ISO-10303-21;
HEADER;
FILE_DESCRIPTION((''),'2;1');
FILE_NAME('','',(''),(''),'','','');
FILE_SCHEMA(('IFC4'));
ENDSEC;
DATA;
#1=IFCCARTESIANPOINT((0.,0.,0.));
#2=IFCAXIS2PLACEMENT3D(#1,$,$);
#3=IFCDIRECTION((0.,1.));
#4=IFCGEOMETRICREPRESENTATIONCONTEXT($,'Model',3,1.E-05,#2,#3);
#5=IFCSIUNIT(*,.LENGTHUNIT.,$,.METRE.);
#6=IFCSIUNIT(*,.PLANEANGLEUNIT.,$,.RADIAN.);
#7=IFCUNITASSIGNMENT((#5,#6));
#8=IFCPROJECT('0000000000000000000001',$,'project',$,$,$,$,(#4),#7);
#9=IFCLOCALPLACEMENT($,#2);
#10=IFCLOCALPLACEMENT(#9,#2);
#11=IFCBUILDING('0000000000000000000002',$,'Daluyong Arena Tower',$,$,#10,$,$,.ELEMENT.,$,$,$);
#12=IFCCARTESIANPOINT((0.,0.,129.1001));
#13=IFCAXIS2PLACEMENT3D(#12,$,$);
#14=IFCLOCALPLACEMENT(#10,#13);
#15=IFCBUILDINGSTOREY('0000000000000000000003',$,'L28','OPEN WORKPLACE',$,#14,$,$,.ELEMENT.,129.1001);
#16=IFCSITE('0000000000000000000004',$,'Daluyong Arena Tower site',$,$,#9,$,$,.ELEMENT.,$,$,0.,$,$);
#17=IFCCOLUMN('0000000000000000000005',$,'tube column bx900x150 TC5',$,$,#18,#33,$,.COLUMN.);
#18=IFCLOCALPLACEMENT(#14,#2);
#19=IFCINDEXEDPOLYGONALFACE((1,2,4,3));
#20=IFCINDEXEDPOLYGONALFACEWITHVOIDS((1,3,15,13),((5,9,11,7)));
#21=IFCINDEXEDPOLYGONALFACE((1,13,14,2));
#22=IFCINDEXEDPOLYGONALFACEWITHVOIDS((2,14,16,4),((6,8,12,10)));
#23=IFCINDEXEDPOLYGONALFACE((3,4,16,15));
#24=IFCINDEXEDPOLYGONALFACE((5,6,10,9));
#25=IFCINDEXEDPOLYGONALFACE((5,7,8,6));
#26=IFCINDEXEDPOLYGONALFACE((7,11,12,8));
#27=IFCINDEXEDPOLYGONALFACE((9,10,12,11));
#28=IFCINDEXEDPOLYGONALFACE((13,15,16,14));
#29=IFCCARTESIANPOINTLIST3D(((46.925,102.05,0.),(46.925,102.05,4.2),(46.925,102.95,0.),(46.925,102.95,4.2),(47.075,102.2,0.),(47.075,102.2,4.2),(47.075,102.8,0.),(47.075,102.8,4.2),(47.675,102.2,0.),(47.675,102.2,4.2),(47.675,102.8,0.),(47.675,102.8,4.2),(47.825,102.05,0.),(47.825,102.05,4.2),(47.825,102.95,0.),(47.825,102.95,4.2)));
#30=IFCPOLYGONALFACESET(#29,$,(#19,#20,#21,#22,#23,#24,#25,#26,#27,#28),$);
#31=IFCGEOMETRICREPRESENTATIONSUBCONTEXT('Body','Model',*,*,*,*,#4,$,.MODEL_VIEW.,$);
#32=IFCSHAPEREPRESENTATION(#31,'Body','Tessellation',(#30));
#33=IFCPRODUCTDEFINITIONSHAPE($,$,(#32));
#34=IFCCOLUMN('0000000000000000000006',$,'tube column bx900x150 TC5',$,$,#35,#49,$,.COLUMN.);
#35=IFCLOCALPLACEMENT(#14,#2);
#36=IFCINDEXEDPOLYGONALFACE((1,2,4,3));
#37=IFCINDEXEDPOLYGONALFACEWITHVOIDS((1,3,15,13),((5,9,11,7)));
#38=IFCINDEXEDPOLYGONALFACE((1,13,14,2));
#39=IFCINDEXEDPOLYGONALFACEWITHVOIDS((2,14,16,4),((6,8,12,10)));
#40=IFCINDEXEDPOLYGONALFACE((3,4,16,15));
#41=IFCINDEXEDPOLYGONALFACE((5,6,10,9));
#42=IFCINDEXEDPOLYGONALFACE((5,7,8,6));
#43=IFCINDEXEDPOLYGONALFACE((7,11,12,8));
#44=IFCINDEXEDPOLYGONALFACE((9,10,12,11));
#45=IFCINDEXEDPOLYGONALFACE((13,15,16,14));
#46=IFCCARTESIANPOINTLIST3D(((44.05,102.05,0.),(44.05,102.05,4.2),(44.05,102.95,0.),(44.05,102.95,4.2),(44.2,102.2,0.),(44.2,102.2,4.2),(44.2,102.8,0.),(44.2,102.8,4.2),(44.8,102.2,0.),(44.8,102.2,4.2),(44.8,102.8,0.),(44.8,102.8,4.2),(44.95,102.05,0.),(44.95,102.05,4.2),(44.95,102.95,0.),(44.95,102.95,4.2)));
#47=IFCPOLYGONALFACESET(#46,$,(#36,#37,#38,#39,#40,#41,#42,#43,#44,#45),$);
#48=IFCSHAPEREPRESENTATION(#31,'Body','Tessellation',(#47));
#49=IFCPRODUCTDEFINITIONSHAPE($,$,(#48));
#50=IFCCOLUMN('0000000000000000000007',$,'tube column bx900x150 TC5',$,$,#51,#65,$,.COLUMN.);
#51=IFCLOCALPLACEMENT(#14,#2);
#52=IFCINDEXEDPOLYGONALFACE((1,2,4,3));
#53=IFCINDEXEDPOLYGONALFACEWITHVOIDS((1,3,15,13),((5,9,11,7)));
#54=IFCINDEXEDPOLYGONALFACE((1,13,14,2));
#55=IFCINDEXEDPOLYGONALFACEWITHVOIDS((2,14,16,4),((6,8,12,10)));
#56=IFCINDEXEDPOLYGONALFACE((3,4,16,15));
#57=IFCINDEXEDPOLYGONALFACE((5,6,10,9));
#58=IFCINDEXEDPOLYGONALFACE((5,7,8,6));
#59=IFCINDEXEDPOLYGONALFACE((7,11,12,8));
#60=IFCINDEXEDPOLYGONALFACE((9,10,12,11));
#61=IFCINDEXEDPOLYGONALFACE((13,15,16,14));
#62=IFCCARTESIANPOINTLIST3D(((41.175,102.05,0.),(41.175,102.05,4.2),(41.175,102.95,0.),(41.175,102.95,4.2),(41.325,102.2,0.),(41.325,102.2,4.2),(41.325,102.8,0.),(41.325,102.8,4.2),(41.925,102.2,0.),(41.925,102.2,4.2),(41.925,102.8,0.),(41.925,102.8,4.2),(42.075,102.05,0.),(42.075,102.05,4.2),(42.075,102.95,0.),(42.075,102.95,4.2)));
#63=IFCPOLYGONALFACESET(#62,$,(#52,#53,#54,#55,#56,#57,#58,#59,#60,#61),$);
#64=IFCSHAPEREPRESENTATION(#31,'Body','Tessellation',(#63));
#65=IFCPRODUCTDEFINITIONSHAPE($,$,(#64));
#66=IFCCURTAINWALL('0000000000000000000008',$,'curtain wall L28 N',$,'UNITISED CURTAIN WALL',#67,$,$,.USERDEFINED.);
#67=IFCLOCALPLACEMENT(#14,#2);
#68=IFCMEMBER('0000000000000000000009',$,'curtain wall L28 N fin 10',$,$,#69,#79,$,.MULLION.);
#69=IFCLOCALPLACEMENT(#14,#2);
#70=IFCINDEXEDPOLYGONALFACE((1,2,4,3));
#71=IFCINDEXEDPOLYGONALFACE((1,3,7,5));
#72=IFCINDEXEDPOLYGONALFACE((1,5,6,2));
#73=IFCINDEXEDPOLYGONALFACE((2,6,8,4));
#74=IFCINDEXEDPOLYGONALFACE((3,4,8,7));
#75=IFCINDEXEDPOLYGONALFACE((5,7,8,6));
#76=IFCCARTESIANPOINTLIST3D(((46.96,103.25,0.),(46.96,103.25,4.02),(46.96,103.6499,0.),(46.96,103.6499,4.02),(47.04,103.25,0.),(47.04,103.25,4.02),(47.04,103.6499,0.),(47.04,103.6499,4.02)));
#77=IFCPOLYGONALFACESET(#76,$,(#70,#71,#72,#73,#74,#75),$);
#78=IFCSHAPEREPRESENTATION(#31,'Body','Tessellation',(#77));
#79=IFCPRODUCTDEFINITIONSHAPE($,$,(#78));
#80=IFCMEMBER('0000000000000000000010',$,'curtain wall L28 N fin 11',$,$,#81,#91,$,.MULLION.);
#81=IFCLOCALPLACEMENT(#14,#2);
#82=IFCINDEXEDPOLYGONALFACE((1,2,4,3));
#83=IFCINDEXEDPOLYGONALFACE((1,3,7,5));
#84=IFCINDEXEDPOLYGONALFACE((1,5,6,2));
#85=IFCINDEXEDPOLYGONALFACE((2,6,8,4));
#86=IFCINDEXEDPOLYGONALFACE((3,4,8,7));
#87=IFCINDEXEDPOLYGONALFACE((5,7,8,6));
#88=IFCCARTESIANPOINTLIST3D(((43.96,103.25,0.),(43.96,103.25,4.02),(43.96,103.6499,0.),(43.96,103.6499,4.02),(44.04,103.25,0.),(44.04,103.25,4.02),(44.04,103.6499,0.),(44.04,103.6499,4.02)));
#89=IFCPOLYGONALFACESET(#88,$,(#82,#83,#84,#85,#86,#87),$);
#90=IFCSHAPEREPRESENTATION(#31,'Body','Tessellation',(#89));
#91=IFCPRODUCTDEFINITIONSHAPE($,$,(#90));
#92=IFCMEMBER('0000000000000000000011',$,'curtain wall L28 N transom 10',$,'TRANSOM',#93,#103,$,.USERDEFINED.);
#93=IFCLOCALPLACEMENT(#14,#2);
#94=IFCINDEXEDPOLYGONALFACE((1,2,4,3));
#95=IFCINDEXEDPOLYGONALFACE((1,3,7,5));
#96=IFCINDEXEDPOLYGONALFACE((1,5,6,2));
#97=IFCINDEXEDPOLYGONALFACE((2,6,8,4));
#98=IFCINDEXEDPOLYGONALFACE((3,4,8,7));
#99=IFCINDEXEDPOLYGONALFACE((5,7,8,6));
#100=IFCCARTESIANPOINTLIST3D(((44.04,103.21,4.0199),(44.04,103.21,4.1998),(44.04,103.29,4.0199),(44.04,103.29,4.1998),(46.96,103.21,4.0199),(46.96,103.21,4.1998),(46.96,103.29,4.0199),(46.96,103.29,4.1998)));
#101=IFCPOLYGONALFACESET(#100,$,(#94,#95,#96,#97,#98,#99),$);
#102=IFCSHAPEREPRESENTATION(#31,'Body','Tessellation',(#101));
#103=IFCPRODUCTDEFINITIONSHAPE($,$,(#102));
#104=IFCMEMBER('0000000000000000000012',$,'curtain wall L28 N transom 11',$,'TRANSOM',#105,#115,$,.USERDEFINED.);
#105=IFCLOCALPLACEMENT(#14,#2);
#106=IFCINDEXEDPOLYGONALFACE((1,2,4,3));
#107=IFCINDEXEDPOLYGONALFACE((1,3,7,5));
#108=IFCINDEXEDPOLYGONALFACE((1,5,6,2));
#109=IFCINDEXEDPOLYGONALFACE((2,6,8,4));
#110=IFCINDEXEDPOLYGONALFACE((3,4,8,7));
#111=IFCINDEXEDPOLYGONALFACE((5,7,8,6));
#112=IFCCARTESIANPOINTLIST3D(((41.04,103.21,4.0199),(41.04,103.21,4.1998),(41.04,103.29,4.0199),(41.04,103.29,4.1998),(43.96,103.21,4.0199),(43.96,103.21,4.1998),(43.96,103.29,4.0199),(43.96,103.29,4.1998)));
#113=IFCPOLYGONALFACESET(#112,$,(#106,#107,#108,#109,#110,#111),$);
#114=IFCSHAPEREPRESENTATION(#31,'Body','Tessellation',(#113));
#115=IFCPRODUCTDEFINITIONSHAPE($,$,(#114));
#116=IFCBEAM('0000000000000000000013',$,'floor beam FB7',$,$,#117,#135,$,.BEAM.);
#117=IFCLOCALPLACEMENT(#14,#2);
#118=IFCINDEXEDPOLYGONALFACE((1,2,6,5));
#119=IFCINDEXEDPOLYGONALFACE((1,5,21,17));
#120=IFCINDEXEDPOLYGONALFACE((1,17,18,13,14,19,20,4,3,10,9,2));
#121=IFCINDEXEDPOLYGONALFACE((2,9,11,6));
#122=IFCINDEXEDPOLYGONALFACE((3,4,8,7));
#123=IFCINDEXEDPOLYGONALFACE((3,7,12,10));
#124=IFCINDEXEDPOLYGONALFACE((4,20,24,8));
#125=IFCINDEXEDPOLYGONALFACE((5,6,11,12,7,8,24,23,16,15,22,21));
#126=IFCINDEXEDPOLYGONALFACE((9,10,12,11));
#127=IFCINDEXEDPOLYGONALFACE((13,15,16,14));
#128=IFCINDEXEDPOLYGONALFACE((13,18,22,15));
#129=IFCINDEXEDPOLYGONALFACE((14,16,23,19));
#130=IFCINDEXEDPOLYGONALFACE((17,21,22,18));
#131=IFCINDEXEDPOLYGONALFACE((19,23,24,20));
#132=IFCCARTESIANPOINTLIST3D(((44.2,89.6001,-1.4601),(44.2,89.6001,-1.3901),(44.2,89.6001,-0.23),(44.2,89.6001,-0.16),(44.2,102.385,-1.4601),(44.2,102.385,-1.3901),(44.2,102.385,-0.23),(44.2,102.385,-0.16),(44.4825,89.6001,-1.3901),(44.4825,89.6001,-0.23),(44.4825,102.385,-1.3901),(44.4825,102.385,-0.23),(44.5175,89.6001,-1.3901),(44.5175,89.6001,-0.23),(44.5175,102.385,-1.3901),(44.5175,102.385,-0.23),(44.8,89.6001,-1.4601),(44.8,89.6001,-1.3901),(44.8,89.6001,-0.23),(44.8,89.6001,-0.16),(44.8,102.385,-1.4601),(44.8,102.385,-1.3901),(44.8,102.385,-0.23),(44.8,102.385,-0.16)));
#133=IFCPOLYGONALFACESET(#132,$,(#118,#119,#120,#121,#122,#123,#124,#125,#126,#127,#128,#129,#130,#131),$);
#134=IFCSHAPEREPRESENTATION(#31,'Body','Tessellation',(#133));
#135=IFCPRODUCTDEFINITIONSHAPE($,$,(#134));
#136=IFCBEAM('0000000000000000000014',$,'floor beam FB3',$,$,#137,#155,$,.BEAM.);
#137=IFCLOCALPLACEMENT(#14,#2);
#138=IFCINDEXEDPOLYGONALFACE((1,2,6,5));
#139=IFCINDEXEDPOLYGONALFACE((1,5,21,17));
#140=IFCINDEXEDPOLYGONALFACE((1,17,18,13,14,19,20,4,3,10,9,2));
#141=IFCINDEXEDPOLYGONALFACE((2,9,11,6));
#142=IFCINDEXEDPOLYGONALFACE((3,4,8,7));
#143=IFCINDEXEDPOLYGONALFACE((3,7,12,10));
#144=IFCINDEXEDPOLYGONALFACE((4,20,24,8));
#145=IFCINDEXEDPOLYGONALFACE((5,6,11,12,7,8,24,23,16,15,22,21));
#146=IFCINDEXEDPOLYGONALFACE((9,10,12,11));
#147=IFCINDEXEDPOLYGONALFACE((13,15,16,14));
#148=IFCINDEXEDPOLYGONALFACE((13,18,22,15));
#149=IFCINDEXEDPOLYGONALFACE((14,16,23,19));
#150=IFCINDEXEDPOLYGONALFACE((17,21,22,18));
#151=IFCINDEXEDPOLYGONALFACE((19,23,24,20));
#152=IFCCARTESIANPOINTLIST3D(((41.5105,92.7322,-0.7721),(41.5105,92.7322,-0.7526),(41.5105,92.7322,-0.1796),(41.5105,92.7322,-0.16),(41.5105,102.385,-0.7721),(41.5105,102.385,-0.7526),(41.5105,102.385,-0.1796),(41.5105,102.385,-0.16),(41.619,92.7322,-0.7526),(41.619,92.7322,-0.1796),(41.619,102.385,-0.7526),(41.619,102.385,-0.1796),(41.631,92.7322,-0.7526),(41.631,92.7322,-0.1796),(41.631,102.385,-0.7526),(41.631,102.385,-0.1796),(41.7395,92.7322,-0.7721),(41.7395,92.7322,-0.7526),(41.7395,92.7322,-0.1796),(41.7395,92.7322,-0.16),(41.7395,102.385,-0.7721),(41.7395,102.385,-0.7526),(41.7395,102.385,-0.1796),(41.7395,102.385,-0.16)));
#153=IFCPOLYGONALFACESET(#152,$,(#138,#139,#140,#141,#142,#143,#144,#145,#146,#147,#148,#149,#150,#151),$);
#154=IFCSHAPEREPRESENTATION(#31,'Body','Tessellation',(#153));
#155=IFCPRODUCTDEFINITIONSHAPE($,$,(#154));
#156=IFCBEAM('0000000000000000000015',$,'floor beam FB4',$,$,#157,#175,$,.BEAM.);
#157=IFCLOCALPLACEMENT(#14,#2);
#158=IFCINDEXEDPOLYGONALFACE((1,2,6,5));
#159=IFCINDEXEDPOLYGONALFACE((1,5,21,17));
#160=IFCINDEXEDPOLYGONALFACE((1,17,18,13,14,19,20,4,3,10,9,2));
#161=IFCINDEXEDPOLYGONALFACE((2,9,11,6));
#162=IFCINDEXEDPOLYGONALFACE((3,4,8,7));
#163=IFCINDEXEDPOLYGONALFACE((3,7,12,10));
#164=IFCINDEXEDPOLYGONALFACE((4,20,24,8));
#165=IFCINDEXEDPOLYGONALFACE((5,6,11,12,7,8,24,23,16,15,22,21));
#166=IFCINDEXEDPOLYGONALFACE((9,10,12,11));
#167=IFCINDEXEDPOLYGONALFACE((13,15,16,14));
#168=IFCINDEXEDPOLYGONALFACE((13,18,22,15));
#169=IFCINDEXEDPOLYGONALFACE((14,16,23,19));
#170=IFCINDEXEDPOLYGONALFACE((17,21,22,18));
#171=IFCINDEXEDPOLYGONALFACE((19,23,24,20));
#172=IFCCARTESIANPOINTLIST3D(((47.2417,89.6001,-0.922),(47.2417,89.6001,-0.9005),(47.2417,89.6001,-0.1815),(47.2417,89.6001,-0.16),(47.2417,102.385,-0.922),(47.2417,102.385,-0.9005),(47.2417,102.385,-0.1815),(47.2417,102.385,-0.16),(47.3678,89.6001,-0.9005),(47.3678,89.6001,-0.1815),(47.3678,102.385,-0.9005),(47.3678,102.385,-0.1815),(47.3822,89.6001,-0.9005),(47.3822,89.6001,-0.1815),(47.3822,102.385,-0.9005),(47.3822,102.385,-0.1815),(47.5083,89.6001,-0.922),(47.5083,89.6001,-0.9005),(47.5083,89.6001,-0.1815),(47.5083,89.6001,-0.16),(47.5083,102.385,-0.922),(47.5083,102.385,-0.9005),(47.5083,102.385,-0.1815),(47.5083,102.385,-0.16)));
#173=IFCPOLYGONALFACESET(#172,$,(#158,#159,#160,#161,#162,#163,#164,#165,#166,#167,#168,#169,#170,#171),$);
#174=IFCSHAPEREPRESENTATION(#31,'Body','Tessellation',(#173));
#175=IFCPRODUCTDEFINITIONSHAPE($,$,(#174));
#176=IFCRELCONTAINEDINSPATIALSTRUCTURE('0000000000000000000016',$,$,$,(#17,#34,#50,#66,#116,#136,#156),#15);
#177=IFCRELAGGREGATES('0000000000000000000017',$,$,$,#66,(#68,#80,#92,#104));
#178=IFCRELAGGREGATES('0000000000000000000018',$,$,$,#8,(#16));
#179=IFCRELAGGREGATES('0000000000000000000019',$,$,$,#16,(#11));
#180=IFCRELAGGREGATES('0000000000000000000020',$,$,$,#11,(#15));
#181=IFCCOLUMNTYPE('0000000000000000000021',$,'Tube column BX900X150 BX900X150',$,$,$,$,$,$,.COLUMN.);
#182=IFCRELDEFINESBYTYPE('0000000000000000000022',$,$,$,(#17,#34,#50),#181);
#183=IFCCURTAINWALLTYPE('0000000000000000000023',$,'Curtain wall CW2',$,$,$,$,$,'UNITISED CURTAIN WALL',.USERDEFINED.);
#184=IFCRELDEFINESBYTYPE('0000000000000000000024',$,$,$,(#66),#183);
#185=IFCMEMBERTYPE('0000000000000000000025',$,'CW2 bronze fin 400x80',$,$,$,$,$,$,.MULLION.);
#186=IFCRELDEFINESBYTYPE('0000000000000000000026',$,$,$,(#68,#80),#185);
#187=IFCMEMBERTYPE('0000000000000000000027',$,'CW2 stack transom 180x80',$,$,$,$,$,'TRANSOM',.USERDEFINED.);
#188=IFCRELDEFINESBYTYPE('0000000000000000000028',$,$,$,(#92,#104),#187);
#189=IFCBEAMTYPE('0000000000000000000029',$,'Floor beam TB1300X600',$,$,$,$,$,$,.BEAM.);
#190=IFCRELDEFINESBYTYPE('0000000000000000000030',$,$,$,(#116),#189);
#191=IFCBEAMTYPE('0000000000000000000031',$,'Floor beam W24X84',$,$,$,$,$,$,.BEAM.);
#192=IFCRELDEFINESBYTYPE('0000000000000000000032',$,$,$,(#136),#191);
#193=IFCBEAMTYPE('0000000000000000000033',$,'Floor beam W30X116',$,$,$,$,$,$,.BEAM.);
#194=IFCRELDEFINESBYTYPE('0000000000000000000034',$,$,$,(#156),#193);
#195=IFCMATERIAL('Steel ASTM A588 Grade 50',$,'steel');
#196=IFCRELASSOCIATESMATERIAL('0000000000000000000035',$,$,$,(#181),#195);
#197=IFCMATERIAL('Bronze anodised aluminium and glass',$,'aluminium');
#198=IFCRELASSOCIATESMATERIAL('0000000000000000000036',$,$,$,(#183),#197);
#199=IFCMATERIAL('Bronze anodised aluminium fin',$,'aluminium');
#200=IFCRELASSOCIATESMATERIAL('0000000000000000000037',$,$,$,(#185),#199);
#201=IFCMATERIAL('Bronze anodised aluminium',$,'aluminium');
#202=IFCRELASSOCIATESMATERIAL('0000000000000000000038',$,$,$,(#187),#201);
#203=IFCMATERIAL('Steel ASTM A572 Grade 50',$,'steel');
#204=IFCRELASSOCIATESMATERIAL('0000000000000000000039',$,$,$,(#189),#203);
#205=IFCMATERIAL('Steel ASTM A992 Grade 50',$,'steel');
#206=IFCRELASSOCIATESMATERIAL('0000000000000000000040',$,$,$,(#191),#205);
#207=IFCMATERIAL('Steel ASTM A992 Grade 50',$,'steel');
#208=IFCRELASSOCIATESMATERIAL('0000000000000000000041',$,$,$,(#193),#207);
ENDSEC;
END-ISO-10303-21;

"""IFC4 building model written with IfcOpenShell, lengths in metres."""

from ifc_helpers import new_model, si_unit, direction, frame, origin, origin_2d, place, context, subcontext, project, spatial, rectangle, hollow_rectangle, i_section, extrude, material, material_profile, profile_set, type_object, element, aggregate, save


model = new_model("IFC4")

# Units and contexts
model_context = context("Model", 3, precision=1e-05, world=origin(), true_north=direction((0.0, 1.0)))
body_context = subcontext(model_context, "Body", "Model", "MODEL_VIEW")
ifc_project = project(units=[si_unit("LENGTHUNIT", "METRE"), si_unit("PLANEANGLEUNIT", "RADIAN")], contexts=[model_context])

# Site, building, storey
site_placement = place(None, origin())
site = spatial("IfcSite", under=ifc_project, at=site_placement, Name="Daluyong Arena Tower site", CompositionType="ELEMENT", RefElevation=0.0)
building_placement = place(site_placement, origin())
building = spatial("IfcBuilding", under=site, at=building_placement, Name="Daluyong Arena Tower", CompositionType="ELEMENT")
storey_placement = place(building_placement, frame((0.0, 0.0, 129.1001)))
storey = spatial("IfcBuildingStorey", under=building, at=storey_placement, Name="L28", Description="OPEN WORKPLACE", CompositionType="ELEMENT", Elevation=129.1001)

# Columns
ifc_material_1 = material(Name="Steel ASTM A588 Grade 50", Category="steel")
ifc_material_profile_1 = material_profile(ifc_material_1, hollow_rectangle(XDim=0.8999, YDim=0.8999, WallThickness=0.15, at=origin_2d()))
ifc_profile_set_1 = profile_set([ifc_material_profile_1], Name="Steel ASTM A588 Grade 50")
column_type = type_object("IfcColumnType", Name="Tube column BX900X150 BX900X150", PredefinedType="COLUMN", material=ifc_profile_set_1)
for number, where, z_axis, x_axis, name in (
    (1, (47.375, 102.5, 0.0), (0.0, 0.0, 1.0), (1.0, 0.0, 0.0), "tube column bx900x150 TC5"),
    (2, (44.5, 102.5, 0.0), (0.0, 0.0, 1.0), (1.0, 0.0, 0.0), "tube column bx900x150 TC5"),
    (3, (41.625, 102.5, 0.0), (0.0, 0.0, 1.0), (1.0, 0.0, 0.0), "tube column bx900x150 TC5"),
):
    element("IfcColumn", number, at=place(storey_placement, frame(where, z_axis=z_axis, x_axis=x_axis)), inside=storey, type_object=column_type, Name=name, PredefinedType="COLUMN", context=body_context, shape_type="SweptSolid", body=[
        extrude(hollow_rectangle(XDim=0.8999, YDim=0.8999, WallThickness=0.15, at=origin_2d()), origin(), (0.0, 0.0, 1.0), 4.2),
    ])

# Curtain wall, members
ifc_material_2 = material(Name="Bronze anodised aluminium and glass", Category="aluminium")
curtain_wall_type = type_object("IfcCurtainWallType", Name="Curtain wall CW2", ElementType="UNITISED CURTAIN WALL", PredefinedType="USERDEFINED", material=ifc_material_2)
curtain_wall_placement = place(storey_placement, origin())
curtain_wall = element("IfcCurtainWall", 4, at=curtain_wall_placement, inside=storey, type_object=curtain_wall_type, Name="curtain wall L28 N", ObjectType="UNITISED CURTAIN WALL", PredefinedType="USERDEFINED")
ifc_material_3 = material(Name="Bronze anodised aluminium fin", Category="aluminium")
ifc_material_profile_2 = material_profile(ifc_material_3, rectangle(XDim=0.3999, YDim=0.0801, at=origin_2d()))
ifc_profile_set_2 = profile_set([ifc_material_profile_2], Name="Bronze anodised aluminium fin")
member_type_1 = type_object("IfcMemberType", Name="CW2 bronze fin 400x80", PredefinedType="MULLION", material=ifc_profile_set_2)
member_1_placement = place(storey_placement, frame((47.0, 103.45, 0.0), z_axis=(0.0, 0.0, 1.0), x_axis=(0.0, -1.0, 0.0)))
member_1 = element("IfcMember", 5, at=member_1_placement, type_object=member_type_1, Name="curtain wall L28 N fin 10", PredefinedType="MULLION", context=body_context, shape_type="SweptSolid", body=[
    extrude(rectangle(XDim=0.3999, YDim=0.0801, at=origin_2d()), origin(), (0.0, 0.0, 1.0), 4.02),
])
member_2_placement = place(storey_placement, frame((44.0, 103.45, 0.0), z_axis=(0.0, 0.0, 1.0), x_axis=(0.0, -1.0, 0.0)))
member_2 = element("IfcMember", 6, at=member_2_placement, type_object=member_type_1, Name="curtain wall L28 N fin 11", PredefinedType="MULLION", context=body_context, shape_type="SweptSolid", body=[
    extrude(rectangle(XDim=0.3999, YDim=0.0801, at=origin_2d()), origin(), (0.0, 0.0, 1.0), 4.02),
])
ifc_material_4 = material(Name="Bronze anodised aluminium", Category="aluminium")
ifc_material_profile_3 = material_profile(ifc_material_4, rectangle(XDim=0.0801, YDim=0.1799, at=origin_2d()))
ifc_profile_set_3 = profile_set([ifc_material_profile_3], Name="Bronze anodised aluminium")
member_type_2 = type_object("IfcMemberType", Name="CW2 stack transom 180x80", ElementType="TRANSOM", PredefinedType="USERDEFINED", material=ifc_profile_set_3)
member_3_placement = place(storey_placement, frame((46.96, 103.25, 4.1099), z_axis=(-1.0, 0.0, 0.0), x_axis=(0.0, -1.0, 0.0)))
member_3 = element("IfcMember", 7, at=member_3_placement, type_object=member_type_2, Name="curtain wall L28 N transom 10", ObjectType="TRANSOM", PredefinedType="USERDEFINED", context=body_context, shape_type="SweptSolid", body=[
    extrude(rectangle(XDim=0.0801, YDim=0.1799, at=origin_2d()), origin(), (0.0, 0.0, 1.0), 2.9199),
])
member_4_placement = place(storey_placement, frame((43.96, 103.25, 4.1099), z_axis=(-1.0, 0.0, 0.0), x_axis=(0.0, -1.0, 0.0)))
member_4 = element("IfcMember", 8, at=member_4_placement, type_object=member_type_2, Name="curtain wall L28 N transom 11", ObjectType="TRANSOM", PredefinedType="USERDEFINED", context=body_context, shape_type="SweptSolid", body=[
    extrude(rectangle(XDim=0.0801, YDim=0.1799, at=origin_2d()), origin(), (0.0, 0.0, 1.0), 2.9199),
])

# Beams
ifc_material_5 = material(Name="Steel ASTM A572 Grade 50", Category="steel")
ifc_material_profile_4 = material_profile(ifc_material_5, i_section(OverallWidth=0.6001, OverallDepth=1.3, WebThickness=0.035, FlangeThickness=0.07, at=origin_2d()))
ifc_profile_set_4 = profile_set([ifc_material_profile_4], Name="Steel ASTM A572 Grade 50")
beam_type_1 = type_object("IfcBeamType", Name="Floor beam TB1300X600", PredefinedType="BEAM", material=ifc_profile_set_4)
beam_1_placement = place(storey_placement, frame((44.5, 102.385, -0.8101), z_axis=(0.0, -1.0, 0.0), x_axis=(1.0, 0.0, 0.0)))
element("IfcBeam", 9, at=beam_1_placement, inside=storey, type_object=beam_type_1, Name="floor beam FB7", PredefinedType="BEAM", context=body_context, shape_type="SweptSolid", body=[
    extrude(i_section(OverallWidth=0.6001, OverallDepth=1.3, WebThickness=0.035, FlangeThickness=0.07, at=origin_2d()), origin(), (0.0, 0.0, 1.0), 12.7849),
])
ifc_material_6 = material(Name="Steel ASTM A992 Grade 50", Category="steel")
ifc_material_profile_5 = material_profile(ifc_material_6, i_section(OverallWidth=0.229, OverallDepth=0.6121, WebThickness=0.012, FlangeThickness=0.0195, at=origin_2d()))
ifc_profile_set_5 = profile_set([ifc_material_profile_5], Name="Steel ASTM A992 Grade 50")
beam_type_2 = type_object("IfcBeamType", Name="Floor beam W24X84", PredefinedType="BEAM", material=ifc_profile_set_5)
beam_2_placement = place(storey_placement, frame((41.625, 102.385, -0.4661), z_axis=(0.0, -1.0, 0.0), x_axis=(1.0, 0.0, 0.0)))
element("IfcBeam", 10, at=beam_2_placement, inside=storey, type_object=beam_type_2, Name="floor beam FB3", PredefinedType="BEAM", context=body_context, shape_type="SweptSolid", body=[
    extrude(i_section(OverallWidth=0.229, OverallDepth=0.6121, WebThickness=0.012, FlangeThickness=0.0195, at=origin_2d()), origin(), (0.0, 0.0, 1.0), 9.6528),
])
ifc_material_7 = material(Name="Steel ASTM A992 Grade 50", Category="steel")
ifc_material_profile_6 = material_profile(ifc_material_7, i_section(OverallWidth=0.2666, OverallDepth=0.762, WebThickness=0.0144, FlangeThickness=0.0215, at=origin_2d()))
ifc_profile_set_6 = profile_set([ifc_material_profile_6], Name="Steel ASTM A992 Grade 50")
beam_type_3 = type_object("IfcBeamType", Name="Floor beam W30X116", PredefinedType="BEAM", material=ifc_profile_set_6)
beam_3_placement = place(storey_placement, frame((47.375, 102.385, -0.541), z_axis=(0.0, -1.0, 0.0), x_axis=(1.0, 0.0, 0.0)))
element("IfcBeam", 11, at=beam_3_placement, inside=storey, type_object=beam_type_3, Name="floor beam FB4", PredefinedType="BEAM", context=body_context, shape_type="SweptSolid", body=[
    extrude(i_section(OverallWidth=0.2666, OverallDepth=0.762, WebThickness=0.0144, FlangeThickness=0.0215, at=origin_2d()), origin(), (0.0, 0.0, 1.0), 12.7849),
])

aggregate(curtain_wall, [member_1, member_2, member_3, member_4])

save(model, "model.ifc")
